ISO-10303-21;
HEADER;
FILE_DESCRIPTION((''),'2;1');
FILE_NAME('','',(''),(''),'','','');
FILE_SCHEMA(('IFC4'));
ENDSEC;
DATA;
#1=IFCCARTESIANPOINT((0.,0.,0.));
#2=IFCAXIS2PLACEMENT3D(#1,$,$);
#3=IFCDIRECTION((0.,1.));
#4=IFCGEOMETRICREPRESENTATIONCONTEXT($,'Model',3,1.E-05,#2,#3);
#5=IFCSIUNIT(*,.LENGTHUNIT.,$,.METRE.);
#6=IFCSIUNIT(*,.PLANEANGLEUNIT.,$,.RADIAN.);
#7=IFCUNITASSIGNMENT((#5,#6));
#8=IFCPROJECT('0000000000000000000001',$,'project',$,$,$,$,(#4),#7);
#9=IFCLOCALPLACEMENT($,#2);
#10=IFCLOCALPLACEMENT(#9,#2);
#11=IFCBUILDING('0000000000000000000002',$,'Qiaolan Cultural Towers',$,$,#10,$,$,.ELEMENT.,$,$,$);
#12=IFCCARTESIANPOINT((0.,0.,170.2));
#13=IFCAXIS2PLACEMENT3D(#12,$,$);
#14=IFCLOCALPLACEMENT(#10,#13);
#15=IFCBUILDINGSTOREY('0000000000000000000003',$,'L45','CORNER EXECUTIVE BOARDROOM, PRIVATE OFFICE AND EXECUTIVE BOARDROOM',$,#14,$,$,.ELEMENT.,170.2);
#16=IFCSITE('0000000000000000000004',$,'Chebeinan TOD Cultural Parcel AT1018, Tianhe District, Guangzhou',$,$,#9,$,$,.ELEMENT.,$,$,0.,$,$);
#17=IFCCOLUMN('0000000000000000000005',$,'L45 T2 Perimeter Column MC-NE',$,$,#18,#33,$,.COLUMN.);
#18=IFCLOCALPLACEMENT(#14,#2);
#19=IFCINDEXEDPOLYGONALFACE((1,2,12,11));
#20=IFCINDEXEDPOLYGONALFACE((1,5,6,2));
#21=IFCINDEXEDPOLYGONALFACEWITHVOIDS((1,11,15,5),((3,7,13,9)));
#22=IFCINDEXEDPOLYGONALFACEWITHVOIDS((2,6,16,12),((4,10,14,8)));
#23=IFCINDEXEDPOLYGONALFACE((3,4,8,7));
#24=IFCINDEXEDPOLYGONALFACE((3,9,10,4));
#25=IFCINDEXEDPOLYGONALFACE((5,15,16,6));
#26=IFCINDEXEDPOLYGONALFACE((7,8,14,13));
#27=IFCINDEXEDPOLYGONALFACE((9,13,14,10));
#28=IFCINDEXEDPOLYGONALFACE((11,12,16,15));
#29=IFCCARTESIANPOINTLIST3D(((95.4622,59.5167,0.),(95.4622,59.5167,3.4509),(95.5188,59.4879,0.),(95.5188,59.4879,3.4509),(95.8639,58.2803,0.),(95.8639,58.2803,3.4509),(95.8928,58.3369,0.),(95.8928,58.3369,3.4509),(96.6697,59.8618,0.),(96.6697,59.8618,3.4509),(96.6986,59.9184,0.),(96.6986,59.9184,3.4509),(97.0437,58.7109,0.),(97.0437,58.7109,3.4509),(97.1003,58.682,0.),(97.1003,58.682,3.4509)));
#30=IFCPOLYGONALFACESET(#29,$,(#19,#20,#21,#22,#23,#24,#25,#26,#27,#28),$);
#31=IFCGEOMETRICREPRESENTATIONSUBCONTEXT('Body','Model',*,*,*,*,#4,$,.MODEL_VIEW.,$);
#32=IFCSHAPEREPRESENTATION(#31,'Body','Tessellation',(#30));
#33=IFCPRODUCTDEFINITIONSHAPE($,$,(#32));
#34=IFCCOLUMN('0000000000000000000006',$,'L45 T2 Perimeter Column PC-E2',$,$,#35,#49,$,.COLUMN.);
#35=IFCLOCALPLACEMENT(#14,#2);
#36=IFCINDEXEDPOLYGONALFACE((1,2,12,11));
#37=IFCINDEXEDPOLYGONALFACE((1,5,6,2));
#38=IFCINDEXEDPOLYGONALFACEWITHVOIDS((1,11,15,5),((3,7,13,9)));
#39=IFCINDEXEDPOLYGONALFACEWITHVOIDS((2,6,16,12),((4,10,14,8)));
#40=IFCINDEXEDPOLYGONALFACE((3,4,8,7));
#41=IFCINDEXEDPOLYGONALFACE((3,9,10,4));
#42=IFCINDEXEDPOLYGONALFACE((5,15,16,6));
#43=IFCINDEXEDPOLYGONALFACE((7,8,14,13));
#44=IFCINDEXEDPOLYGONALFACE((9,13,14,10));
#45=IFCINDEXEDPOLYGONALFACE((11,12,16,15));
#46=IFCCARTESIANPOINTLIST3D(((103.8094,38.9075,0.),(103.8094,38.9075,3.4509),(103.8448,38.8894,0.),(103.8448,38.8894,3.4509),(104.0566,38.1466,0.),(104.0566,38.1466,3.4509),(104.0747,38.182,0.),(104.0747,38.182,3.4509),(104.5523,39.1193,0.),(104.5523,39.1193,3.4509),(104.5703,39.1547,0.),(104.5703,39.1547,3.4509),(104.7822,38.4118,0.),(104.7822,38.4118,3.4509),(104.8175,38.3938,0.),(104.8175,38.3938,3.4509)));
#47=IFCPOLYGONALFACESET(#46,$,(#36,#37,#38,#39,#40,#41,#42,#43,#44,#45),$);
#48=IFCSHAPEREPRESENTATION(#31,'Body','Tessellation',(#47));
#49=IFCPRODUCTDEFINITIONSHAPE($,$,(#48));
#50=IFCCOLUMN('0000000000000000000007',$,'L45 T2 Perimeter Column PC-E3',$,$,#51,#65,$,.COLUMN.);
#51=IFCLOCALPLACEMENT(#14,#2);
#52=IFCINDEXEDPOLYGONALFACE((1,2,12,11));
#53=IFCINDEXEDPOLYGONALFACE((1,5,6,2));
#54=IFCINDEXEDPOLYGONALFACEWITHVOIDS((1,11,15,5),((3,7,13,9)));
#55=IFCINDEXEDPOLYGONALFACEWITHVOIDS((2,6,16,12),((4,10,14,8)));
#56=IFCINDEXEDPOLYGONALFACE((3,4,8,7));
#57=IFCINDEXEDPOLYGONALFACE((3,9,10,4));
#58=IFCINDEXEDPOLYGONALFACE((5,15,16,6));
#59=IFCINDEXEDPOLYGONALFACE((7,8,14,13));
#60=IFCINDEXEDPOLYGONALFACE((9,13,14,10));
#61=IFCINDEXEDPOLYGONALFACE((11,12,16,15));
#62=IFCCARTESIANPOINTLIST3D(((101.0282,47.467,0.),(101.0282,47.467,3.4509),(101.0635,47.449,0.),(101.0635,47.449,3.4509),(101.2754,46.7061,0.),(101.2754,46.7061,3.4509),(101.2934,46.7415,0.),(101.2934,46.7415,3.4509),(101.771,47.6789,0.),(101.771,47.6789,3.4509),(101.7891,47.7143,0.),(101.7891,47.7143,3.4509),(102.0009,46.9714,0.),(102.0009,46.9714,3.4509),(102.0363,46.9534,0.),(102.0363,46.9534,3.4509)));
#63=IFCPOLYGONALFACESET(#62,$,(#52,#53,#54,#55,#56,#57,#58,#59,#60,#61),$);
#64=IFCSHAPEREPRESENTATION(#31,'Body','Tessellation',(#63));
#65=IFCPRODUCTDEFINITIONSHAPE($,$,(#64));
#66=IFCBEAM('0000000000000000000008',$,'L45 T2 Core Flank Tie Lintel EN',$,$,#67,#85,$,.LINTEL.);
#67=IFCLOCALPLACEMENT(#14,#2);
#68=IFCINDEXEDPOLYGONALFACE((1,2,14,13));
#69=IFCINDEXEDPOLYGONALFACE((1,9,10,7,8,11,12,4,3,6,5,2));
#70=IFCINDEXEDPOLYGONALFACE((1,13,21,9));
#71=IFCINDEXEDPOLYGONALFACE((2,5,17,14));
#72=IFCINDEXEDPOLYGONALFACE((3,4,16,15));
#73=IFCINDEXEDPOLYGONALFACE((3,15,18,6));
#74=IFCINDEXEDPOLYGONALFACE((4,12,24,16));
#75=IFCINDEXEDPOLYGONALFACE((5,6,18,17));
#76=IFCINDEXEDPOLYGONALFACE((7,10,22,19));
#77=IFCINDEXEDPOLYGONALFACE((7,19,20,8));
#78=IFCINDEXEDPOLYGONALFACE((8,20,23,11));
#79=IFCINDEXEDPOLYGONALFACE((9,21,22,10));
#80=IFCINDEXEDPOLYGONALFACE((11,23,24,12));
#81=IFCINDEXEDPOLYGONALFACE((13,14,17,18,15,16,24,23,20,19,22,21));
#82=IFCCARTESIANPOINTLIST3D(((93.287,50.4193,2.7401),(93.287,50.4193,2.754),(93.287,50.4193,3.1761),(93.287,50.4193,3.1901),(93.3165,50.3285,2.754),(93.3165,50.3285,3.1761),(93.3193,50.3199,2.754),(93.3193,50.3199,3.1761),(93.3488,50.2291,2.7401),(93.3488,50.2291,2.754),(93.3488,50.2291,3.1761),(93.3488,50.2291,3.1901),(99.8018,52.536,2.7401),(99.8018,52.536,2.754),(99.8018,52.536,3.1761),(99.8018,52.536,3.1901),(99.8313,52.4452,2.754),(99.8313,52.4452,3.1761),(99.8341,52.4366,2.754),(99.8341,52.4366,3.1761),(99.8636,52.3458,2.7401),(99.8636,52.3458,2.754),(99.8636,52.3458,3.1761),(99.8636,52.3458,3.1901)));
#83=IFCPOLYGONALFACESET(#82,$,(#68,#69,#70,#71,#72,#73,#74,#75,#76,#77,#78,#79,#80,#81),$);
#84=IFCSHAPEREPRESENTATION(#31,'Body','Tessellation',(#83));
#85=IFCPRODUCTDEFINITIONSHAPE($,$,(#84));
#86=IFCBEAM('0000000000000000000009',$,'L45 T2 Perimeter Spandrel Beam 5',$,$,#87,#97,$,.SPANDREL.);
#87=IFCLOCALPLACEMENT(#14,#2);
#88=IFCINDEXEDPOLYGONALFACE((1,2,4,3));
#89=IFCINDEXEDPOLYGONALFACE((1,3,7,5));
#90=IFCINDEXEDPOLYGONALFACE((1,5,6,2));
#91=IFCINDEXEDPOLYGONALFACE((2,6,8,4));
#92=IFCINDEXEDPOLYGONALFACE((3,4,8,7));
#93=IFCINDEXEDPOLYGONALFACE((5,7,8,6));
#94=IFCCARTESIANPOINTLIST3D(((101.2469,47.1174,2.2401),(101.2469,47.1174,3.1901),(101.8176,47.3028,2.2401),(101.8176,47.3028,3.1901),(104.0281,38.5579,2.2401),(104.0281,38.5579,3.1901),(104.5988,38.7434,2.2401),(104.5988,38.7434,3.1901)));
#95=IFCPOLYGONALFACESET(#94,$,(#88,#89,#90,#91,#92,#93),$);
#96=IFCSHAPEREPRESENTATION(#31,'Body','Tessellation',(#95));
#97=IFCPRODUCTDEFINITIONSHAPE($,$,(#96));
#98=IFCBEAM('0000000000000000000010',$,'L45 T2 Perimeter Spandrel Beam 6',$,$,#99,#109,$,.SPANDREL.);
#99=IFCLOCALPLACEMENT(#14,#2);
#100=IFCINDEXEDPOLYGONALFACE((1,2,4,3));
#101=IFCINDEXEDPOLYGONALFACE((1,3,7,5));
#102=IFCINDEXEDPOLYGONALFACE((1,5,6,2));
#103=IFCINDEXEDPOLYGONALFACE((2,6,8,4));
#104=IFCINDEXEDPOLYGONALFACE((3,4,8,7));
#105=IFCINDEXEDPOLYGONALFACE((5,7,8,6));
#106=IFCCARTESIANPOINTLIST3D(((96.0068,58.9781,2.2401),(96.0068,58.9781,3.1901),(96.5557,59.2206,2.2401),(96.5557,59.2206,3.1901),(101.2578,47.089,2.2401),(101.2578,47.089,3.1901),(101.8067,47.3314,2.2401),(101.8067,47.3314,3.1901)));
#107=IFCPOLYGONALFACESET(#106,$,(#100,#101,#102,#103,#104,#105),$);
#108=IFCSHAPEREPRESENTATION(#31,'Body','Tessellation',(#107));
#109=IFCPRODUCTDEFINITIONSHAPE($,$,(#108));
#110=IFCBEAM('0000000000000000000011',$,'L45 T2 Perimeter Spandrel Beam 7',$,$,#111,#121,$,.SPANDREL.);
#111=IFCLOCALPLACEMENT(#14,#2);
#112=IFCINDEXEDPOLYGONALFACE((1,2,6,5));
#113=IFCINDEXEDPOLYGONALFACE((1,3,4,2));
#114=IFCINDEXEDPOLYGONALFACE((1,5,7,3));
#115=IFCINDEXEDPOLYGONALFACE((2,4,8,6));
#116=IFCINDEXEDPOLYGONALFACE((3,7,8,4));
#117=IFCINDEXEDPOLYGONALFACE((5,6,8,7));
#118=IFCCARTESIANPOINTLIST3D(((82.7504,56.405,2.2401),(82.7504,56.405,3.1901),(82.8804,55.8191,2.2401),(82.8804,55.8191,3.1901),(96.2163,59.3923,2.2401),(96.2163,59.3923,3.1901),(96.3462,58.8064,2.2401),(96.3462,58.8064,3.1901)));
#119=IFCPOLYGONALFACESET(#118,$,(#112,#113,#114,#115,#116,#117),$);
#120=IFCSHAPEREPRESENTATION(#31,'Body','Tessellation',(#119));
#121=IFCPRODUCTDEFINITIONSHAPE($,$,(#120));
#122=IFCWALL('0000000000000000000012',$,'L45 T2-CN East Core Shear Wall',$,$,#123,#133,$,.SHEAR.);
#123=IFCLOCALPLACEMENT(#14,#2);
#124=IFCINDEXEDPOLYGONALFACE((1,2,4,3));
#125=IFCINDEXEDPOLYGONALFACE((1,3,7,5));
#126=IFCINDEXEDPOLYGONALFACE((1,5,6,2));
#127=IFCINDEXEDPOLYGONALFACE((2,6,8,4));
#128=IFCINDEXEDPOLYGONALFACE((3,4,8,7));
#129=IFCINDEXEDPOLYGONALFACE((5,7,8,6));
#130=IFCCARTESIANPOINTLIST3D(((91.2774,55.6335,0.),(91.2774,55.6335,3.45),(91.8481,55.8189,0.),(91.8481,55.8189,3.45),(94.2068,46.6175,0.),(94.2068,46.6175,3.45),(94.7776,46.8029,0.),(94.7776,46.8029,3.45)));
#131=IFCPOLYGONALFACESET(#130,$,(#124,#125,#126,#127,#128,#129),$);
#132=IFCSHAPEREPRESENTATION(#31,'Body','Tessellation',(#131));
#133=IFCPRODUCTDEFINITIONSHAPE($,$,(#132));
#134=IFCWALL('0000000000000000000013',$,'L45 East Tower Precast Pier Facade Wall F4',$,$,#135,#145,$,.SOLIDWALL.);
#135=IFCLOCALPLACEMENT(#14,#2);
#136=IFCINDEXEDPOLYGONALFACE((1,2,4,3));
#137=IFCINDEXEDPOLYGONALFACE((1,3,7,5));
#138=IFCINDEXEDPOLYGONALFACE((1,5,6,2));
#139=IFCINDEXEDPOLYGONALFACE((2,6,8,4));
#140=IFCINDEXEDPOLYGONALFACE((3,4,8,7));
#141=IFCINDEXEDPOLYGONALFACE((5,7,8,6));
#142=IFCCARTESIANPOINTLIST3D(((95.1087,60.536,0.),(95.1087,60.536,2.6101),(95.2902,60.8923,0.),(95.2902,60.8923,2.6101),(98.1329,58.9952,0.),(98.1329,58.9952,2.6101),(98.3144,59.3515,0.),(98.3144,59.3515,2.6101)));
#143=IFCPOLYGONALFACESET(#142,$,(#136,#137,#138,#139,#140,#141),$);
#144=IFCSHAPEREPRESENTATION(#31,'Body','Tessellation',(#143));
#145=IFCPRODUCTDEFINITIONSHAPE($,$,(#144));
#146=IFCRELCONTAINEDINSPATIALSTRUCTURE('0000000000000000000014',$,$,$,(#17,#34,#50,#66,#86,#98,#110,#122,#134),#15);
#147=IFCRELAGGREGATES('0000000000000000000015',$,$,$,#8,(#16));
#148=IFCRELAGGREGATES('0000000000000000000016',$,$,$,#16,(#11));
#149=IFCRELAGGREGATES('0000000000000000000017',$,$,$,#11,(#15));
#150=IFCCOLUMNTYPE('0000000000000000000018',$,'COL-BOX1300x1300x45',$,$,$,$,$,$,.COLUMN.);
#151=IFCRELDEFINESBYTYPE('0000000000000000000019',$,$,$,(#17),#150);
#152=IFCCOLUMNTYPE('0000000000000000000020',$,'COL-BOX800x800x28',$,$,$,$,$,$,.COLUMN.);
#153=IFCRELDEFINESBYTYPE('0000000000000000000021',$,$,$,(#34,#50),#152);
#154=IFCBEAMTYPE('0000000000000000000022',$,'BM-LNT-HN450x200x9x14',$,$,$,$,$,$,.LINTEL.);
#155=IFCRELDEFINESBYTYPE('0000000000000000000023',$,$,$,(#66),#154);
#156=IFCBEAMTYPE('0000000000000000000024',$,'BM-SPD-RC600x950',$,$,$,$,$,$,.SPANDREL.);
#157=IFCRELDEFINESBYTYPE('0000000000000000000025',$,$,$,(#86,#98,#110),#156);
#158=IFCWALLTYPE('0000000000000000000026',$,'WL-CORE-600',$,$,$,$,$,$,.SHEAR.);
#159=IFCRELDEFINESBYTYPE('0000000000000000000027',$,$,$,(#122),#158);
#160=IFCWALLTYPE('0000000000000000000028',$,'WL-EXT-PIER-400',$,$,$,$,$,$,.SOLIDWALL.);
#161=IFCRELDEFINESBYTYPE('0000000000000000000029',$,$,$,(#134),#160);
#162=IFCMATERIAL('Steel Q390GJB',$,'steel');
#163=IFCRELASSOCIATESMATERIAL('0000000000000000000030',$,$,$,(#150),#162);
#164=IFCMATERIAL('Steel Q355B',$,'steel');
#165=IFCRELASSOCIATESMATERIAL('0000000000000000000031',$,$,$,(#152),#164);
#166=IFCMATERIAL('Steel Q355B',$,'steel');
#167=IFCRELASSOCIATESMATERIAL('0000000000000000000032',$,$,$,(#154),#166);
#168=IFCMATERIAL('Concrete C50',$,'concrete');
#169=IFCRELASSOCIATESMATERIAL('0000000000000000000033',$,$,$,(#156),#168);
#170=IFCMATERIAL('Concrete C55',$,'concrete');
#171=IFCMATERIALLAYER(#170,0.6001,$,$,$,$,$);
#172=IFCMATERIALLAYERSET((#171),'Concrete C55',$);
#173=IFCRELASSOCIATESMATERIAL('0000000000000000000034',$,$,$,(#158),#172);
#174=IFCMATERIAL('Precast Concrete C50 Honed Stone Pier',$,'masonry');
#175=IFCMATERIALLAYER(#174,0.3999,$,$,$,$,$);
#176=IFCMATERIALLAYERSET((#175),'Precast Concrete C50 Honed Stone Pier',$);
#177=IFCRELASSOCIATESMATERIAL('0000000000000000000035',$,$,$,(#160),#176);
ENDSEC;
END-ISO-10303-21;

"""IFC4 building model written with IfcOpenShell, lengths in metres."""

from ifc_helpers import new_model, si_unit, direction, frame, frame_2d, origin, origin_2d, place, context, subcontext, project, spatial, rectangle, hollow_rectangle, i_section, extrude, material, layer, layer_set, material_profile, profile_set, type_object, element, save


model = new_model("IFC4")

# Units and contexts
model_context = context("Model", 3, precision=1e-05, world=origin(), true_north=direction((0.0, 1.0)))
body_context = subcontext(model_context, "Body", "Model", "MODEL_VIEW")
ifc_project = project(units=[si_unit("LENGTHUNIT", "METRE"), si_unit("PLANEANGLEUNIT", "RADIAN")], contexts=[model_context])

# Site, building, storey
site_placement = place(None, origin())
site = spatial("IfcSite", under=ifc_project, at=site_placement, Name="Chebeinan TOD Cultural Parcel AT1018, Tianhe District, Guangzhou", CompositionType="ELEMENT", RefElevation=0.0)
building_placement = place(site_placement, origin())
building = spatial("IfcBuilding", under=site, at=building_placement, Name="Qiaolan Cultural Towers", CompositionType="ELEMENT")
storey_placement = place(building_placement, frame((0.0, 0.0, 170.2)))
storey = spatial("IfcBuildingStorey", under=building, at=storey_placement, Name="L45", Description="CORNER EXECUTIVE BOARDROOM, PRIVATE OFFICE AND EXECUTIVE BOARDROOM", CompositionType="ELEMENT", Elevation=170.2)

# Columns
ifc_material_1 = material(Name="Steel Q390GJB", Category="steel")
ifc_material_profile_1 = material_profile(ifc_material_1, hollow_rectangle(XDim=1.3, YDim=1.3, WallThickness=0.0449, at=origin_2d()), Name="BOX1300x1300x45")
ifc_profile_set_1 = profile_set([ifc_material_profile_1], Name="Steel Q390GJB")
column_type_1 = type_object("IfcColumnType", Name="COL-BOX1300x1300x45", PredefinedType="COLUMN", material=ifc_profile_set_1)
column_placement = place(storey_placement, frame((96.2812, 59.0994, 0.0), z_axis=(0.0, 0.0, 1.0), x_axis=(0.951057, 0.309017, 0.0)))
element("IfcColumn", 1, at=column_placement, inside=storey, type_object=column_type_1, Name="L45 T2 Perimeter Column MC-NE", PredefinedType="COLUMN", context=body_context, shape_type="SweptSolid", body=[
    extrude(hollow_rectangle(XDim=1.3, YDim=1.3, WallThickness=0.0449, at=origin_2d()), origin(), (0.0, 0.0, 1.0), 3.4509),
])
ifc_material_2 = material(Name="Steel Q355B", Category="steel")
ifc_material_profile_2 = material_profile(ifc_material_2, hollow_rectangle(XDim=0.8, YDim=0.8, WallThickness=0.0281, at=origin_2d()), Name="BOX800x800x28")
ifc_profile_set_2 = profile_set([ifc_material_profile_2], Name="Steel Q355B")
column_type_2 = type_object("IfcColumnType", Name="COL-BOX800x800x28", PredefinedType="COLUMN", material=ifc_profile_set_2)
for number, where, z_axis, x_axis, name in (
    (2, (104.3135, 38.6506, 0.0), (0.0, 0.0, 1.0), (0.951057, 0.309017, 0.0), "L45 T2 Perimeter Column PC-E2"),
    (3, (101.5322, 47.2102, 0.0), (0.0, 0.0, 1.0), (0.951057, 0.309017, 0.0), "L45 T2 Perimeter Column PC-E3"),
):
    element("IfcColumn", number, at=place(storey_placement, frame(where, z_axis=z_axis, x_axis=x_axis)), inside=storey, type_object=column_type_2, Name=name, PredefinedType="COLUMN", context=body_context, shape_type="SweptSolid", body=[
        extrude(hollow_rectangle(XDim=0.8, YDim=0.8, WallThickness=0.0281, at=origin_2d()), origin(), (0.0, 0.0, 1.0), 3.4509),
    ])

# Beams
ifc_material_3 = material(Name="Steel Q355B", Category="steel")
ifc_material_profile_3 = material_profile(ifc_material_3, i_section(OverallWidth=0.2, OverallDepth=0.45, WebThickness=0.009, FlangeThickness=0.0139, at=origin_2d()), Name="HN450x200x9x14")
ifc_profile_set_3 = profile_set([ifc_material_profile_3], Name="Steel Q355B")
beam_type_1 = type_object("IfcBeamType", Name="BM-LNT-HN450x200x9x14", PredefinedType="LINTEL", material=ifc_profile_set_3)
beam_1_placement = place(storey_placement, frame((93.3179, 50.3242, 2.9651), z_axis=(0.951062, 0.309001, 0.0), x_axis=(-0.309001, 0.951062, 0.0)))
element("IfcBeam", 4, at=beam_1_placement, inside=storey, type_object=beam_type_1, Name="L45 T2 Core Flank Tie Lintel EN", PredefinedType="LINTEL", context=body_context, shape_type="SweptSolid", body=[
    extrude(i_section(OverallWidth=0.2, OverallDepth=0.45, WebThickness=0.009, FlangeThickness=0.0139, at=origin_2d()), origin(), (0.0, 0.0, 1.0), 6.8501),
])
ifc_material_4 = material(Name="Concrete C50", Category="concrete")
ifc_material_profile_4 = material_profile(ifc_material_4, rectangle(XDim=0.6001, YDim=0.95, at=origin_2d()), Name="RC600x950")
ifc_profile_set_4 = profile_set([ifc_material_profile_4], Name="Concrete C50")
beam_type_2 = type_object("IfcBeamType", Name="BM-SPD-RC600x950", PredefinedType="SPANDREL", material=ifc_profile_set_4)
beam_2_placement = place(storey_placement, frame((104.3135, 38.6506, 2.7151), z_axis=(-0.309025, 0.951054, 0.0), x_axis=(-0.951054, -0.309025, 0.0)))
element("IfcBeam", 5, at=beam_2_placement, inside=storey, type_object=beam_type_2, Name="L45 T2 Perimeter Spandrel Beam 5", PredefinedType="SPANDREL", context=body_context, shape_type="SweptSolid", body=[
    extrude(rectangle(XDim=0.6001, YDim=0.95, at=origin_2d()), origin(), (0.0, 0.0, 1.0), 9.0),
])
beam_3_placement = place(storey_placement, frame((101.5322, 47.2102, 2.7151), z_axis=(-0.404011, 0.914754, 0.0), x_axis=(-0.914754, -0.404011, 0.0)))
element("IfcBeam", 6, at=beam_3_placement, inside=storey, type_object=beam_type_2, Name="L45 T2 Perimeter Spandrel Beam 6", PredefinedType="SPANDREL", context=body_context, shape_type="SweptSolid", body=[
    extrude(rectangle(XDim=0.6001, YDim=0.95, at=origin_2d()), origin(), (0.0, 0.0, 1.0), 12.9971),
])
beam_4_placement = place(storey_placement, frame((96.2812, 59.0994, 2.7151), z_axis=(-0.976265, -0.216578, 0.0), x_axis=(0.216578, -0.976265, 0.0)))
element("IfcBeam", 7, at=beam_4_placement, inside=storey, type_object=beam_type_2, Name="L45 T2 Perimeter Spandrel Beam 7", PredefinedType="SPANDREL", context=body_context, shape_type="SweptSolid", body=[
    extrude(rectangle(XDim=0.6001, YDim=0.95, at=origin_2d()), origin(), (0.0, 0.0, 1.0), 13.7932),
])

# Walls
ifc_material_5 = material(Name="Concrete C55", Category="concrete")
ifc_layer_1 = layer(ifc_material_5, 0.6001)
ifc_layer_set_1 = layer_set([ifc_layer_1], Name="Concrete C55")
wall_type_1 = type_object("IfcWallType", Name="WL-CORE-600", PredefinedType="SHEAR", material=ifc_layer_set_1)
wall_1_placement = place(storey_placement, frame((94.4922, 46.7102, 0.0), z_axis=(0.0, 0.0, 1.0), x_axis=(-0.30901, 0.951059, 0.0)))
element("IfcWall", 8, at=wall_1_placement, inside=storey, type_object=wall_type_1, Name="L45 T2-CN East Core Shear Wall", PredefinedType="SHEAR", context=body_context, shape_type="SweptSolid", body=[
    extrude(rectangle(XDim=9.48, YDim=0.6001, at=frame_2d((4.74, 0.0))), origin(), (0.0, 0.0, 1.0), 3.45),
])
ifc_material_6 = material(Name="Precast Concrete C50 Honed Stone Pier", Category="masonry")
ifc_layer_2 = layer(ifc_material_6, 0.3999)
ifc_layer_set_2 = layer_set([ifc_layer_2], Name="Precast Concrete C50 Honed Stone Pier")
wall_type_2 = type_object("IfcWallType", Name="WL-EXT-PIER-400", PredefinedType="SOLIDWALL", material=ifc_layer_set_2)
wall_2_placement = place(storey_placement, frame((95.1995, 60.7141, 0.0), z_axis=(0.0, 0.0, 1.0), x_axis=(0.891021, -0.453962, 0.0)))
element("IfcWall", 9, at=wall_2_placement, inside=storey, type_object=wall_type_2, Name="L45 East Tower Precast Pier Facade Wall F4", PredefinedType="SOLIDWALL", context=body_context, shape_type="SweptSolid", body=[
    extrude(rectangle(XDim=3.394, YDim=0.3999, at=frame_2d((1.697, 0.0))), origin(), (0.0, 0.0, 1.0), 2.6101),
])

save(model, "model.ifc")
